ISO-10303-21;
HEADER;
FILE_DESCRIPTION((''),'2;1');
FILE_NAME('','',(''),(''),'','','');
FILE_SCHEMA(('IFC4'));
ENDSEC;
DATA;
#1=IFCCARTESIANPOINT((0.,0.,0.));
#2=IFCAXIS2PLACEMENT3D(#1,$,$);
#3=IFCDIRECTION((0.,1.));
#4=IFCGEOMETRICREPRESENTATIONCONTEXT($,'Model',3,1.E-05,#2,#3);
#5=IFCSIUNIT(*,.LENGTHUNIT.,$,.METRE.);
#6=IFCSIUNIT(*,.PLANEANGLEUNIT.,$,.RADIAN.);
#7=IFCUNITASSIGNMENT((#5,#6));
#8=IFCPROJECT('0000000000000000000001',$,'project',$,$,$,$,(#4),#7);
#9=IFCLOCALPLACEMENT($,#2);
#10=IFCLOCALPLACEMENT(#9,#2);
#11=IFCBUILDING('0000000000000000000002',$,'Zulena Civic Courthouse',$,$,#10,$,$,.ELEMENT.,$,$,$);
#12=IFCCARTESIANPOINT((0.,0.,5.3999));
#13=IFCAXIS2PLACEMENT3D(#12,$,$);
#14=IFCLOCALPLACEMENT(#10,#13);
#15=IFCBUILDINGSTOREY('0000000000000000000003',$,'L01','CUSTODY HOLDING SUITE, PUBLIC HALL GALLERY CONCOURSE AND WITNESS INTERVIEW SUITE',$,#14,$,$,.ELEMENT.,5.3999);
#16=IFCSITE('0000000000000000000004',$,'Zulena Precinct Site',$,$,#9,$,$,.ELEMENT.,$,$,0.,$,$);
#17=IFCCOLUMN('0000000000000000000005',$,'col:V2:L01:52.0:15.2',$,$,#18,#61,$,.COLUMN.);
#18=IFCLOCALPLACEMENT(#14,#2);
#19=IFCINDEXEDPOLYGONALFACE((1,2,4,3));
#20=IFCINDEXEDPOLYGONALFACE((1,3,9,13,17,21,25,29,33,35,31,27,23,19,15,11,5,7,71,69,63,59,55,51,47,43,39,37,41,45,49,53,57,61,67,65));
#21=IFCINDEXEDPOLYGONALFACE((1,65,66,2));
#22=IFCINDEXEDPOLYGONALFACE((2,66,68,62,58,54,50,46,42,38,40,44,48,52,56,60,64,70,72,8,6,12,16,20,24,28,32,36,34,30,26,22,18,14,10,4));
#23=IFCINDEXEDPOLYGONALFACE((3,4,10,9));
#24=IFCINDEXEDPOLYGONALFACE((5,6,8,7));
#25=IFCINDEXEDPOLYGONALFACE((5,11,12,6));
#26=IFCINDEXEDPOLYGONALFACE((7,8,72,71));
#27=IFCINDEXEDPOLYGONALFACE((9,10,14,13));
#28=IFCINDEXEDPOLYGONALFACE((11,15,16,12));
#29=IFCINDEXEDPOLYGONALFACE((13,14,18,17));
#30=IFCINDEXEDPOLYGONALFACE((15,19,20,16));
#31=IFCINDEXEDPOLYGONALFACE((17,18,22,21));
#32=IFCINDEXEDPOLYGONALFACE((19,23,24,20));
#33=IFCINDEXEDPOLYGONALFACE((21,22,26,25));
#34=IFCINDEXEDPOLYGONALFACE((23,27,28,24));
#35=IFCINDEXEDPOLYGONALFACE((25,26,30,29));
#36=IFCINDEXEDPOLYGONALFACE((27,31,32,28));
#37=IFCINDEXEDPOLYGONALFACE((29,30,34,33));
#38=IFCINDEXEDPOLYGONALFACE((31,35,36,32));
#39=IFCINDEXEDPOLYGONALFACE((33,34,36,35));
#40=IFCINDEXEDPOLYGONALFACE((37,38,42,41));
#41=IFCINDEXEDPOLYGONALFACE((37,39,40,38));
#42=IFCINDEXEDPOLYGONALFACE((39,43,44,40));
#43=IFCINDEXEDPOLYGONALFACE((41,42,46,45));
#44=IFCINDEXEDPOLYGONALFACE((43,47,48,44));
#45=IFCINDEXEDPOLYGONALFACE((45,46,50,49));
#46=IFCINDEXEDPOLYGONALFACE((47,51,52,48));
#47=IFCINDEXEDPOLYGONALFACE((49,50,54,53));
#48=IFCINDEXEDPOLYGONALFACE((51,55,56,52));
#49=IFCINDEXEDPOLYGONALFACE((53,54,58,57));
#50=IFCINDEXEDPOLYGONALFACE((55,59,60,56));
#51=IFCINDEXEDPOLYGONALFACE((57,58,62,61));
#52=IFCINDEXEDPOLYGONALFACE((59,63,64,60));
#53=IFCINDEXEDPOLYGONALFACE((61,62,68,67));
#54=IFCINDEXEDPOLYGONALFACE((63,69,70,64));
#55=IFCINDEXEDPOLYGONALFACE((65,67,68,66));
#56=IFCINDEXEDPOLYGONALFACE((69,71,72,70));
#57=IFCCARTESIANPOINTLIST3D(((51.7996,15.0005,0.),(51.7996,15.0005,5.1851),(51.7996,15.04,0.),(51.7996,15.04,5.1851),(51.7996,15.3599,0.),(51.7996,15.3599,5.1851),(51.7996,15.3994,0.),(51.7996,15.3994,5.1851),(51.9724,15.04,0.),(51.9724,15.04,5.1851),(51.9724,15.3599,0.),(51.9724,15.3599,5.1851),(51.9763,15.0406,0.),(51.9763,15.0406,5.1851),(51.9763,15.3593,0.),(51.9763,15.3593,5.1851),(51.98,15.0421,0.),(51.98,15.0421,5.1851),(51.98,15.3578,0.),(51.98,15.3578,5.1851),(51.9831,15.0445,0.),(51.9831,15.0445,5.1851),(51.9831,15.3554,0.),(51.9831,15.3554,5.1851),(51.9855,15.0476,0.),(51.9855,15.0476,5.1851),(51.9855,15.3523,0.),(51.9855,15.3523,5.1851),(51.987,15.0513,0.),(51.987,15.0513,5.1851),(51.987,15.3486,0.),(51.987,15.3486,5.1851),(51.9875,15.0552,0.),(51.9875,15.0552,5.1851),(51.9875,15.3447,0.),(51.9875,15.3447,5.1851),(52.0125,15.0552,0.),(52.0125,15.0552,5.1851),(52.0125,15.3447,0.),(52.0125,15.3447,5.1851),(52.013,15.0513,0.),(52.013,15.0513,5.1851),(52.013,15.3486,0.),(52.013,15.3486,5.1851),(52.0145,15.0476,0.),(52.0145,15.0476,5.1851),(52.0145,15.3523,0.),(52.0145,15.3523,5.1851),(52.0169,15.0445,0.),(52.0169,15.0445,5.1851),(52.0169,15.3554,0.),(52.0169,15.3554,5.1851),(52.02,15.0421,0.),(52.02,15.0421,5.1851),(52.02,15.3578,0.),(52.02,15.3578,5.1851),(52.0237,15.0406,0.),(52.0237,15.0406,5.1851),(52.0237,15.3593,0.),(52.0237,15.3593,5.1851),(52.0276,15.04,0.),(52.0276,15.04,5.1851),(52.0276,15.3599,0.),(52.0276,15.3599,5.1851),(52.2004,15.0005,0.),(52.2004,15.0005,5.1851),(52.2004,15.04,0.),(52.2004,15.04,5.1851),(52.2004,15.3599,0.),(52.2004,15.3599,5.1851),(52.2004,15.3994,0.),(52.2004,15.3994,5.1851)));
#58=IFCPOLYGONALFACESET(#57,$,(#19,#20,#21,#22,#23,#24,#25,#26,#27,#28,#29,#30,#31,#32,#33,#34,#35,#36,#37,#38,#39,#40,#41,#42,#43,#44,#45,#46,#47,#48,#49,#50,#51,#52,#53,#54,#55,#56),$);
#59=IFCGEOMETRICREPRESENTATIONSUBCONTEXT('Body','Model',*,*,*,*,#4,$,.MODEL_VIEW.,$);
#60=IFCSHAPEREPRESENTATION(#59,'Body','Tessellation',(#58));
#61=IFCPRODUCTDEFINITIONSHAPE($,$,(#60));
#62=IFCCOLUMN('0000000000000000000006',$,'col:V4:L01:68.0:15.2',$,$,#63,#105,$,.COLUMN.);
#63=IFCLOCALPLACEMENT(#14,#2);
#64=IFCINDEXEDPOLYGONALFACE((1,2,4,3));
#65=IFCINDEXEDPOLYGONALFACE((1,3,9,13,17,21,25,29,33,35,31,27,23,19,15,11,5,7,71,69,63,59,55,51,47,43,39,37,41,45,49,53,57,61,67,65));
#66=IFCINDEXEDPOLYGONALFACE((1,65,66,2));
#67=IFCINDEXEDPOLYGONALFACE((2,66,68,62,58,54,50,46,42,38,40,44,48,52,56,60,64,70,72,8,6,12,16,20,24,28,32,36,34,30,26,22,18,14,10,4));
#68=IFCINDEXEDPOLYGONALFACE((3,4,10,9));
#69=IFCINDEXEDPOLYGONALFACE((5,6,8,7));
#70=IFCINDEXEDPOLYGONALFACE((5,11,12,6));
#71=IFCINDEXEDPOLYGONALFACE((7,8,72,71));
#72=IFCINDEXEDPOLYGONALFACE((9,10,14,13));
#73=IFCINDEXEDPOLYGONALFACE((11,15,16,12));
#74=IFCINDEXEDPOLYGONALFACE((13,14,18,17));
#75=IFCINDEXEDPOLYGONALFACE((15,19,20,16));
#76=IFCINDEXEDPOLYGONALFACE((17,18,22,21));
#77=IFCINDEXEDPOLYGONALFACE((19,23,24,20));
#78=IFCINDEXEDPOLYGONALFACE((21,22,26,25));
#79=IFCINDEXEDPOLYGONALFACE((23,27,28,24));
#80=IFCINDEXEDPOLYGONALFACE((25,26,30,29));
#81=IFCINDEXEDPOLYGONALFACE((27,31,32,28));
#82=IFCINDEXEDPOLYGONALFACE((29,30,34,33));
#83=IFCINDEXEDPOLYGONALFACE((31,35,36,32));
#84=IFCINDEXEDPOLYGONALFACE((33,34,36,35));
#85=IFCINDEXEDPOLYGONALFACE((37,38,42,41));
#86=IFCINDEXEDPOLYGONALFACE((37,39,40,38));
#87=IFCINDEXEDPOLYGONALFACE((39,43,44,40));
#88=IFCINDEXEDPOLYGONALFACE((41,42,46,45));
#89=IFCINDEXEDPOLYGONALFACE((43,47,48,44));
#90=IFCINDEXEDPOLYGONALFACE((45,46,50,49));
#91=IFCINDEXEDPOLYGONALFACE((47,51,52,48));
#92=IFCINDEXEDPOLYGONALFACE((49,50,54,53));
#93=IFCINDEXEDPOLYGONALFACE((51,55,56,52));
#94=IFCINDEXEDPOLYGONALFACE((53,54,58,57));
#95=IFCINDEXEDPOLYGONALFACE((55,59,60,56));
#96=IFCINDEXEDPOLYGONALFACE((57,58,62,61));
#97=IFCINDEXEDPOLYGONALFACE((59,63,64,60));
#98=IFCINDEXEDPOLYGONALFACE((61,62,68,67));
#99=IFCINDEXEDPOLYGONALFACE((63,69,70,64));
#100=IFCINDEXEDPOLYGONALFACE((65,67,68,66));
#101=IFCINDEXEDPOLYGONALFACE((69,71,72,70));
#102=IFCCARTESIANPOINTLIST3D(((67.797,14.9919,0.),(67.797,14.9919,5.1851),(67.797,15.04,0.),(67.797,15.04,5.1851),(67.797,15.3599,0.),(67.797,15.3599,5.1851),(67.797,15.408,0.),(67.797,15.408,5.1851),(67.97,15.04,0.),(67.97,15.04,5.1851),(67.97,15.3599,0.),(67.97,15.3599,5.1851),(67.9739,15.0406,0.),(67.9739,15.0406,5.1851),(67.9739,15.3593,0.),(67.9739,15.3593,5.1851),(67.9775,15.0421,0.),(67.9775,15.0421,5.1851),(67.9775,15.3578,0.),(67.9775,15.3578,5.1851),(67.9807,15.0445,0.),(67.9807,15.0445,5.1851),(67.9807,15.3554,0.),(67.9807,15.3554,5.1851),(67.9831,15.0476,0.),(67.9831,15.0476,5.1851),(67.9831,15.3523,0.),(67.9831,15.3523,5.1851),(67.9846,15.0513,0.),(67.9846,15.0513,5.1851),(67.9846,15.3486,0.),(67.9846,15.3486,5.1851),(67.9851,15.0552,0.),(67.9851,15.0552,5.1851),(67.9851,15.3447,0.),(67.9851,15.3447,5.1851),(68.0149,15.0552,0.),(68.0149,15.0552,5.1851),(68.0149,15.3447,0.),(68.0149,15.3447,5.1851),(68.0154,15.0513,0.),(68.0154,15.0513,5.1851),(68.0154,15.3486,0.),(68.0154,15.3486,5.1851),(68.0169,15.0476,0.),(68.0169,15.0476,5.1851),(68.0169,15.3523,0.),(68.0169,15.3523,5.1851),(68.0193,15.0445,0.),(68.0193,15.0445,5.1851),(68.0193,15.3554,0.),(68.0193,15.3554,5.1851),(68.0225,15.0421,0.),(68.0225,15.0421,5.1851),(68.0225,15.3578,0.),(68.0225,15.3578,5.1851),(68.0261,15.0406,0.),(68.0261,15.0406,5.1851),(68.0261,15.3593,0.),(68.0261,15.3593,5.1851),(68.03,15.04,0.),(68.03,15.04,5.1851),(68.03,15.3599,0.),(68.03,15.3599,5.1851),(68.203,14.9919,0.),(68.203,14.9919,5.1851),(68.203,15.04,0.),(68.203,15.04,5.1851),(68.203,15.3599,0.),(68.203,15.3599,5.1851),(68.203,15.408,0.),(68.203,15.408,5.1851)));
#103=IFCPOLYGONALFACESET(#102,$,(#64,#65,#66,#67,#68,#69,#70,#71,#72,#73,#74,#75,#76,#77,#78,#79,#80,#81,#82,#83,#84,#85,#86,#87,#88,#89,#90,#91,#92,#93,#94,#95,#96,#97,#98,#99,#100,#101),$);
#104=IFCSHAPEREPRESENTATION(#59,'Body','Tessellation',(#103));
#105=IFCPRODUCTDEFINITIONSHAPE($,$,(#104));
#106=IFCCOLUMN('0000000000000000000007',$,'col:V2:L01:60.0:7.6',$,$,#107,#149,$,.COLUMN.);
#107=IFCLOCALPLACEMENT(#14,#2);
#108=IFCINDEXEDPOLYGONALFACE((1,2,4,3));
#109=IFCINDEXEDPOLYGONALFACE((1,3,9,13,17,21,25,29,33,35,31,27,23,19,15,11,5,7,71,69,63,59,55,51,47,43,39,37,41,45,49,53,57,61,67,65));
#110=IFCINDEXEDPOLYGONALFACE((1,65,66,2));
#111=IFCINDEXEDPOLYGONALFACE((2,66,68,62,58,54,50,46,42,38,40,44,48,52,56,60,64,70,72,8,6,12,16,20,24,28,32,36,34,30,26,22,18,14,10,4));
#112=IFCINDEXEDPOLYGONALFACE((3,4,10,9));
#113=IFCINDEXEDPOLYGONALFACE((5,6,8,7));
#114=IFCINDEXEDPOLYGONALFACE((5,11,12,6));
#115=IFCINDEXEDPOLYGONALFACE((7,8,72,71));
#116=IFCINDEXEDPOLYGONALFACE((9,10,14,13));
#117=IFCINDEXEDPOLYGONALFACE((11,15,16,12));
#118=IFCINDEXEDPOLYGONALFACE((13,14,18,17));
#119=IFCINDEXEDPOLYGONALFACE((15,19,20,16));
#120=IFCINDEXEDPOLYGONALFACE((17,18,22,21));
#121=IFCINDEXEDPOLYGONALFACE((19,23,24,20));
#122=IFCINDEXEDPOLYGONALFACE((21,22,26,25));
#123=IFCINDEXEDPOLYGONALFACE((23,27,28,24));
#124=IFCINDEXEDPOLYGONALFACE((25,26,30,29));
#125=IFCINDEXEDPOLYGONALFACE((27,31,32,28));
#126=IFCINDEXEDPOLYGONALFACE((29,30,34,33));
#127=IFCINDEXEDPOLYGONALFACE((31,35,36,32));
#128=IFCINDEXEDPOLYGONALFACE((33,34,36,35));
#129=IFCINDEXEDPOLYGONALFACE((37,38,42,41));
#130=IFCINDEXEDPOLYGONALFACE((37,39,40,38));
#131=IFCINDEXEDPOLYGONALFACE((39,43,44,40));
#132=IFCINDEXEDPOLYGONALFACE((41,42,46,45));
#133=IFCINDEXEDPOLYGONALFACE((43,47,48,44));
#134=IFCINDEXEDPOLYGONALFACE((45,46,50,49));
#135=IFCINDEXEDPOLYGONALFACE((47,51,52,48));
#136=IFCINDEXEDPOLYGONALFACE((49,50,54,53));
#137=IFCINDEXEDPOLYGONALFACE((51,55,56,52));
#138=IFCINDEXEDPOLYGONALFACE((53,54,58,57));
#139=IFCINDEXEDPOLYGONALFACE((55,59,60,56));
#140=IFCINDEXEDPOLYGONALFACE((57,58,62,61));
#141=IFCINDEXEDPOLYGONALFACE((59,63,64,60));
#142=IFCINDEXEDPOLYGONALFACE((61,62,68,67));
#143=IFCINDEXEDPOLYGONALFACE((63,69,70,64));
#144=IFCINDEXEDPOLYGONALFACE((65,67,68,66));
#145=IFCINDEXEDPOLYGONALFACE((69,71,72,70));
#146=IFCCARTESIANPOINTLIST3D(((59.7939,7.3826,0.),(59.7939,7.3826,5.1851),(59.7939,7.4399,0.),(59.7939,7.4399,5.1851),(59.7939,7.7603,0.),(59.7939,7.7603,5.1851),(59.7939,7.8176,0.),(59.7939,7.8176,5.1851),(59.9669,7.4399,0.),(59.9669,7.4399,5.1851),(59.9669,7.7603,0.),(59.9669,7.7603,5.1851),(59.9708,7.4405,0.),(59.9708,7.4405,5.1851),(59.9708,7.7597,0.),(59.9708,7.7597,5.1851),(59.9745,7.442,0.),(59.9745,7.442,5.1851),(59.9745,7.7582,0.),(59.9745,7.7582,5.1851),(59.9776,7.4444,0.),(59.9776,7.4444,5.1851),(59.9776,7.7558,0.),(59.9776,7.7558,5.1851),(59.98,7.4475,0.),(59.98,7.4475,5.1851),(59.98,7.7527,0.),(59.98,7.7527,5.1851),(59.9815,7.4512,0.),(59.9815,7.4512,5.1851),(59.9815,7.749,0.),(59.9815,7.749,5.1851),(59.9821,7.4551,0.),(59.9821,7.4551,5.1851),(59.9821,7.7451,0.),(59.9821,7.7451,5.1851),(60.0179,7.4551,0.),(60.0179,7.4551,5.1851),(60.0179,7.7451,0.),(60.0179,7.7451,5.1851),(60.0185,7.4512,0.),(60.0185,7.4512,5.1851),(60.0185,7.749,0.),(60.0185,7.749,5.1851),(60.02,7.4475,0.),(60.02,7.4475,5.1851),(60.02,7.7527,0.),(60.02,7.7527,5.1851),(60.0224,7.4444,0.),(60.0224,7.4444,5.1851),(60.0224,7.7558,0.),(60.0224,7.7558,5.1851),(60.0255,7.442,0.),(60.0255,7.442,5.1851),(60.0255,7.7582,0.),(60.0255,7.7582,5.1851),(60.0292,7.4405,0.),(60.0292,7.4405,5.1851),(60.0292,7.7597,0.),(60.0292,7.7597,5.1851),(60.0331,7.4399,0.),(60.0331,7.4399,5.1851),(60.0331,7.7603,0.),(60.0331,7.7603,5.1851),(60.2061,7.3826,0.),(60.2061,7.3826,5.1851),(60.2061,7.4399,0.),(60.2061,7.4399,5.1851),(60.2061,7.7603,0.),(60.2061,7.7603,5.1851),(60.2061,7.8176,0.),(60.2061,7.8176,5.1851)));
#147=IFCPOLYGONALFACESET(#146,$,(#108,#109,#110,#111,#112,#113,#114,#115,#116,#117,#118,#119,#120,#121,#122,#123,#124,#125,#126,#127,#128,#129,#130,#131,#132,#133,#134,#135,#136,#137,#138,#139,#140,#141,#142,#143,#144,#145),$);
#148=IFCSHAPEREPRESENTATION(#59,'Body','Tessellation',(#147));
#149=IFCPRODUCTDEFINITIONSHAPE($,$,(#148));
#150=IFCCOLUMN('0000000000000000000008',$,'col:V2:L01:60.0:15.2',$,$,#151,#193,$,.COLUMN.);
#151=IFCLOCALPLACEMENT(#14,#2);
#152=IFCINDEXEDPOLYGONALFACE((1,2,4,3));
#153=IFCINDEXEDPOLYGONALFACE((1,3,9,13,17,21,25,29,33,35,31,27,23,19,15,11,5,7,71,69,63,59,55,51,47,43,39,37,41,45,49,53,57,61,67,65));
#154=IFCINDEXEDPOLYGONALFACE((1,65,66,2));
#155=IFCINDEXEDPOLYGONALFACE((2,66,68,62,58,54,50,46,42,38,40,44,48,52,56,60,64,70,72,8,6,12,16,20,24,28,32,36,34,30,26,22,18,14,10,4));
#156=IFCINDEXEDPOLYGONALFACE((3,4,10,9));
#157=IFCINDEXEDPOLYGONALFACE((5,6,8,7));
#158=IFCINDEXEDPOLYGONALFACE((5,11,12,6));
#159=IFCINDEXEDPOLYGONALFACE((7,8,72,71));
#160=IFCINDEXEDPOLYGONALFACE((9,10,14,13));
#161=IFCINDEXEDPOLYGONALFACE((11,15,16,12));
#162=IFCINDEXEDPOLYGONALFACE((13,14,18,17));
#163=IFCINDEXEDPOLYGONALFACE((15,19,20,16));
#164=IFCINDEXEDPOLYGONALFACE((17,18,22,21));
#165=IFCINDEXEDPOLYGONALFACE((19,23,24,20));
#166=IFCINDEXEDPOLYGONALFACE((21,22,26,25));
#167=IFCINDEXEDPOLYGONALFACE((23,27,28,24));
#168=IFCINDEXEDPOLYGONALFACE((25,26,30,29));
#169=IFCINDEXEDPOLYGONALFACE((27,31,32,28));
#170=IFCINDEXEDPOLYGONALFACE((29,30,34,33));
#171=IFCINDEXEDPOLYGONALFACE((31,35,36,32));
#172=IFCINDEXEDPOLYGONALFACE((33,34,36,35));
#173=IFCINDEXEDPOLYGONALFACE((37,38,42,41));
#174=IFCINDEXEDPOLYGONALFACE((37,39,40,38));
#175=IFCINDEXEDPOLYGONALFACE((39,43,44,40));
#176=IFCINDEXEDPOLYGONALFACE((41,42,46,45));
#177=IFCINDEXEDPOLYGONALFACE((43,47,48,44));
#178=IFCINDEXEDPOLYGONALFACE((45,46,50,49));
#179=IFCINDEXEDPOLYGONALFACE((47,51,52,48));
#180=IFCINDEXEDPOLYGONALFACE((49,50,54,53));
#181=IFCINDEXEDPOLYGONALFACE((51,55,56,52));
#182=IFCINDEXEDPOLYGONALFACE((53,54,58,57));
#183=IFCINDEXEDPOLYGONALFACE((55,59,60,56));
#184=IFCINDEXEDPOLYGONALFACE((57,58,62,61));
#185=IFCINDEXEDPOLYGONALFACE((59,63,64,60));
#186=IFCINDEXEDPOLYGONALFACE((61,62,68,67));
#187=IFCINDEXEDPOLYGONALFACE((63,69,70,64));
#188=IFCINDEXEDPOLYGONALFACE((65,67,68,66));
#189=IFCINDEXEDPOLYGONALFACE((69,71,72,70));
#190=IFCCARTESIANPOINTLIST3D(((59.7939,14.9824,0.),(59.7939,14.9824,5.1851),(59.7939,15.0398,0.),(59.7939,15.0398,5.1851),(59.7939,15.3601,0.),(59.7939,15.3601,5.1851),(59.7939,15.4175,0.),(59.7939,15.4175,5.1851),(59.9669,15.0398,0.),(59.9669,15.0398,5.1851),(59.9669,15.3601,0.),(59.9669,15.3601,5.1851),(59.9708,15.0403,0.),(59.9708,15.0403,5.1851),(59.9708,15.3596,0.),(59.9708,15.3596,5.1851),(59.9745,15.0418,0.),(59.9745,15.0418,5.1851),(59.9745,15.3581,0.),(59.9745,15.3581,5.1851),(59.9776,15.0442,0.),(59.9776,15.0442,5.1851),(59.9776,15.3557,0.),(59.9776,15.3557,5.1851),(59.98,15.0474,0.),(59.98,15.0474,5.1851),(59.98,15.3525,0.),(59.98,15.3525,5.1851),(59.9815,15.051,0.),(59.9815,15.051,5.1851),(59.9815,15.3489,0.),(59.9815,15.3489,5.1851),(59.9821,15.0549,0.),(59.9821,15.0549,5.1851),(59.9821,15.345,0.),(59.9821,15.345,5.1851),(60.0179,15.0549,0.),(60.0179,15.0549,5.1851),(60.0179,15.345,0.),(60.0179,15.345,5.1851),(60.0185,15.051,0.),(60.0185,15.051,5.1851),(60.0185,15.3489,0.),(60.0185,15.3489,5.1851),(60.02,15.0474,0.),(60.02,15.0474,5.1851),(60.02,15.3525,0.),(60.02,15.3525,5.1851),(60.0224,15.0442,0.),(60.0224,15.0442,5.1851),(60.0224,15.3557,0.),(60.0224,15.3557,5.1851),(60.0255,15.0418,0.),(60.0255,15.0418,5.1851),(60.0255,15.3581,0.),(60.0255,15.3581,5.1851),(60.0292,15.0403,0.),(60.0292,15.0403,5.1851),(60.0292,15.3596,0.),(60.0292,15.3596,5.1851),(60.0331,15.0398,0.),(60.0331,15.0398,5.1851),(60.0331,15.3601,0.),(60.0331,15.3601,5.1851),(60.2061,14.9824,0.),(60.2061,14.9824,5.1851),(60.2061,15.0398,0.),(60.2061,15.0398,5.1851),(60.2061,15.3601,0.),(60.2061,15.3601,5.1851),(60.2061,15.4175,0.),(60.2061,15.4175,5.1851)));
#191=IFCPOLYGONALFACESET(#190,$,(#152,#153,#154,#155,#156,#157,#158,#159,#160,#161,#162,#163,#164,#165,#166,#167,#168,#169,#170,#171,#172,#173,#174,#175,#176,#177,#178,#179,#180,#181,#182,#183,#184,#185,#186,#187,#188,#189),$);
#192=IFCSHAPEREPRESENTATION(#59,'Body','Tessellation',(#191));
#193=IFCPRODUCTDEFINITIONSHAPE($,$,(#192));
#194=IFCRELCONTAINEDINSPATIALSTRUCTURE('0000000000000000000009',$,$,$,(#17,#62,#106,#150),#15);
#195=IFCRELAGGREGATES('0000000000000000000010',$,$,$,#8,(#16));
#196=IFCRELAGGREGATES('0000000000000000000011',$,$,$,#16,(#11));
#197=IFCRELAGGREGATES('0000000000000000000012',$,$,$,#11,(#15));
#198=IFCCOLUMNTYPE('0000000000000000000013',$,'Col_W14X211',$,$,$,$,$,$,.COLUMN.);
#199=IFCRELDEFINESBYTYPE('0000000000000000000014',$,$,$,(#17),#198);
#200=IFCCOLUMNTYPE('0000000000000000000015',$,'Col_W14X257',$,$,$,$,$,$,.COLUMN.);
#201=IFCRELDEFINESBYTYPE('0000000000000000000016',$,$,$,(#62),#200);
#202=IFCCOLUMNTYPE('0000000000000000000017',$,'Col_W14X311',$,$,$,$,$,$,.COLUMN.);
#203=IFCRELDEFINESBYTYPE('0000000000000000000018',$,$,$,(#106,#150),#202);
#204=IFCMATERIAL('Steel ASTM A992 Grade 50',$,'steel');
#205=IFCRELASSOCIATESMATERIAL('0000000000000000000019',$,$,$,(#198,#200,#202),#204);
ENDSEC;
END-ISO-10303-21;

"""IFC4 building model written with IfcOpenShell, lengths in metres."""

from ifc_helpers import new_model, si_unit, direction, frame, origin, origin_2d, place, context, subcontext, project, spatial, i_section, extrude, material, material_profile, profile_set, type_object, element, save


model = new_model("IFC4")

# Units and contexts
model_context = context("Model", 3, precision=1e-05, world=origin(), true_north=direction((0.0, 1.0)))
body_context = subcontext(model_context, "Body", "Model", "MODEL_VIEW")
ifc_project = project(units=[si_unit("LENGTHUNIT", "METRE"), si_unit("PLANEANGLEUNIT", "RADIAN")], contexts=[model_context])

# Site, building, storey
site_placement = place(None, origin())
site = spatial("IfcSite", under=ifc_project, at=site_placement, Name="Zulena Precinct Site", CompositionType="ELEMENT", RefElevation=0.0)
building_placement = place(site_placement, origin())
building = spatial("IfcBuilding", under=site, at=building_placement, Name="Zulena Civic Courthouse", CompositionType="ELEMENT")
storey_placement = place(building_placement, frame((0.0, 0.0, 5.3999)))
storey = spatial("IfcBuildingStorey", under=building, at=storey_placement, Name="L01", Description="CUSTODY HOLDING SUITE, PUBLIC HALL GALLERY CONCOURSE AND WITNESS INTERVIEW SUITE", CompositionType="ELEMENT", Elevation=5.3999)

# Columns
ifc_material_1 = material(Name="Steel ASTM A992 Grade 50", Category="steel")
ifc_material_profile_1 = material_profile(ifc_material_1, i_section(OverallWidth=0.4009, OverallDepth=0.3989, WebThickness=0.0249, FlangeThickness=0.0396, FilletRadius=0.0151, at=origin_2d()), Name="W14X211")
ifc_profile_set_1 = profile_set([ifc_material_profile_1], Name="Steel ASTM A992 Grade 50")
column_type_1 = type_object("IfcColumnType", Name="Col_W14X211", PredefinedType="COLUMN", material=ifc_profile_set_1)
column_1_placement = place(storey_placement, frame((52.0, 15.2, 0.0), z_axis=(0.0, 0.0, 1.0), x_axis=(1.0, 0.0, 0.0)))
element("IfcColumn", 1, at=column_1_placement, inside=storey, type_object=column_type_1, Name="col:V2:L01:52.0:15.2", PredefinedType="COLUMN", context=body_context, shape_type="SweptSolid", body=[
    extrude(i_section(OverallWidth=0.4009, OverallDepth=0.3989, WebThickness=0.0249, FlangeThickness=0.0396, FilletRadius=0.0151, at=origin_2d()), origin(), (0.0, 0.0, 1.0), 5.1851),
])
ifc_material_profile_2 = material_profile(ifc_material_1, i_section(OverallWidth=0.406, OverallDepth=0.416, WebThickness=0.0298, FlangeThickness=0.0481, FilletRadius=0.0151, at=origin_2d()), Name="W14X257")
ifc_profile_set_2 = profile_set([ifc_material_profile_2], Name="Steel ASTM A992 Grade 50")
column_type_2 = type_object("IfcColumnType", Name="Col_W14X257", PredefinedType="COLUMN", material=ifc_profile_set_2)
column_2_placement = place(storey_placement, frame((68.0, 15.2, 0.0), z_axis=(0.0, 0.0, 1.0), x_axis=(1.0, 0.0, 0.0)))
element("IfcColumn", 2, at=column_2_placement, inside=storey, type_object=column_type_2, Name="col:V4:L01:68.0:15.2", PredefinedType="COLUMN", context=body_context, shape_type="SweptSolid", body=[
    extrude(i_section(OverallWidth=0.406, OverallDepth=0.416, WebThickness=0.0298, FlangeThickness=0.0481, FilletRadius=0.0151, at=origin_2d()), origin(), (0.0, 0.0, 1.0), 5.1851),
])
ifc_material_profile_3 = material_profile(ifc_material_1, i_section(OverallWidth=0.4121, OverallDepth=0.4351, WebThickness=0.0359, FlangeThickness=0.0574, FilletRadius=0.0151, at=origin_2d()), Name="W14X311")
ifc_profile_set_3 = profile_set([ifc_material_profile_3], Name="Steel ASTM A992 Grade 50")
column_type_3 = type_object("IfcColumnType", Name="Col_W14X311", PredefinedType="COLUMN", material=ifc_profile_set_3)
for number, where, z_axis, x_axis, name in (
    (3, (60.0, 7.6001, 0.0), (0.0, 0.0, 1.0), (1.0, 0.0, 0.0), "col:V2:L01:60.0:7.6"),
    (4, (60.0, 15.2, 0.0), (0.0, 0.0, 1.0), (1.0, 0.0, 0.0), "col:V2:L01:60.0:15.2"),
):
    element("IfcColumn", number, at=place(storey_placement, frame(where, z_axis=z_axis, x_axis=x_axis)), inside=storey, type_object=column_type_3, Name=name, PredefinedType="COLUMN", context=body_context, shape_type="SweptSolid", body=[
        extrude(i_section(OverallWidth=0.4121, OverallDepth=0.4351, WebThickness=0.0359, FlangeThickness=0.0574, FilletRadius=0.0151, at=origin_2d()), origin(), (0.0, 0.0, 1.0), 5.1851),
    ])

save(model, "model.ifc")
